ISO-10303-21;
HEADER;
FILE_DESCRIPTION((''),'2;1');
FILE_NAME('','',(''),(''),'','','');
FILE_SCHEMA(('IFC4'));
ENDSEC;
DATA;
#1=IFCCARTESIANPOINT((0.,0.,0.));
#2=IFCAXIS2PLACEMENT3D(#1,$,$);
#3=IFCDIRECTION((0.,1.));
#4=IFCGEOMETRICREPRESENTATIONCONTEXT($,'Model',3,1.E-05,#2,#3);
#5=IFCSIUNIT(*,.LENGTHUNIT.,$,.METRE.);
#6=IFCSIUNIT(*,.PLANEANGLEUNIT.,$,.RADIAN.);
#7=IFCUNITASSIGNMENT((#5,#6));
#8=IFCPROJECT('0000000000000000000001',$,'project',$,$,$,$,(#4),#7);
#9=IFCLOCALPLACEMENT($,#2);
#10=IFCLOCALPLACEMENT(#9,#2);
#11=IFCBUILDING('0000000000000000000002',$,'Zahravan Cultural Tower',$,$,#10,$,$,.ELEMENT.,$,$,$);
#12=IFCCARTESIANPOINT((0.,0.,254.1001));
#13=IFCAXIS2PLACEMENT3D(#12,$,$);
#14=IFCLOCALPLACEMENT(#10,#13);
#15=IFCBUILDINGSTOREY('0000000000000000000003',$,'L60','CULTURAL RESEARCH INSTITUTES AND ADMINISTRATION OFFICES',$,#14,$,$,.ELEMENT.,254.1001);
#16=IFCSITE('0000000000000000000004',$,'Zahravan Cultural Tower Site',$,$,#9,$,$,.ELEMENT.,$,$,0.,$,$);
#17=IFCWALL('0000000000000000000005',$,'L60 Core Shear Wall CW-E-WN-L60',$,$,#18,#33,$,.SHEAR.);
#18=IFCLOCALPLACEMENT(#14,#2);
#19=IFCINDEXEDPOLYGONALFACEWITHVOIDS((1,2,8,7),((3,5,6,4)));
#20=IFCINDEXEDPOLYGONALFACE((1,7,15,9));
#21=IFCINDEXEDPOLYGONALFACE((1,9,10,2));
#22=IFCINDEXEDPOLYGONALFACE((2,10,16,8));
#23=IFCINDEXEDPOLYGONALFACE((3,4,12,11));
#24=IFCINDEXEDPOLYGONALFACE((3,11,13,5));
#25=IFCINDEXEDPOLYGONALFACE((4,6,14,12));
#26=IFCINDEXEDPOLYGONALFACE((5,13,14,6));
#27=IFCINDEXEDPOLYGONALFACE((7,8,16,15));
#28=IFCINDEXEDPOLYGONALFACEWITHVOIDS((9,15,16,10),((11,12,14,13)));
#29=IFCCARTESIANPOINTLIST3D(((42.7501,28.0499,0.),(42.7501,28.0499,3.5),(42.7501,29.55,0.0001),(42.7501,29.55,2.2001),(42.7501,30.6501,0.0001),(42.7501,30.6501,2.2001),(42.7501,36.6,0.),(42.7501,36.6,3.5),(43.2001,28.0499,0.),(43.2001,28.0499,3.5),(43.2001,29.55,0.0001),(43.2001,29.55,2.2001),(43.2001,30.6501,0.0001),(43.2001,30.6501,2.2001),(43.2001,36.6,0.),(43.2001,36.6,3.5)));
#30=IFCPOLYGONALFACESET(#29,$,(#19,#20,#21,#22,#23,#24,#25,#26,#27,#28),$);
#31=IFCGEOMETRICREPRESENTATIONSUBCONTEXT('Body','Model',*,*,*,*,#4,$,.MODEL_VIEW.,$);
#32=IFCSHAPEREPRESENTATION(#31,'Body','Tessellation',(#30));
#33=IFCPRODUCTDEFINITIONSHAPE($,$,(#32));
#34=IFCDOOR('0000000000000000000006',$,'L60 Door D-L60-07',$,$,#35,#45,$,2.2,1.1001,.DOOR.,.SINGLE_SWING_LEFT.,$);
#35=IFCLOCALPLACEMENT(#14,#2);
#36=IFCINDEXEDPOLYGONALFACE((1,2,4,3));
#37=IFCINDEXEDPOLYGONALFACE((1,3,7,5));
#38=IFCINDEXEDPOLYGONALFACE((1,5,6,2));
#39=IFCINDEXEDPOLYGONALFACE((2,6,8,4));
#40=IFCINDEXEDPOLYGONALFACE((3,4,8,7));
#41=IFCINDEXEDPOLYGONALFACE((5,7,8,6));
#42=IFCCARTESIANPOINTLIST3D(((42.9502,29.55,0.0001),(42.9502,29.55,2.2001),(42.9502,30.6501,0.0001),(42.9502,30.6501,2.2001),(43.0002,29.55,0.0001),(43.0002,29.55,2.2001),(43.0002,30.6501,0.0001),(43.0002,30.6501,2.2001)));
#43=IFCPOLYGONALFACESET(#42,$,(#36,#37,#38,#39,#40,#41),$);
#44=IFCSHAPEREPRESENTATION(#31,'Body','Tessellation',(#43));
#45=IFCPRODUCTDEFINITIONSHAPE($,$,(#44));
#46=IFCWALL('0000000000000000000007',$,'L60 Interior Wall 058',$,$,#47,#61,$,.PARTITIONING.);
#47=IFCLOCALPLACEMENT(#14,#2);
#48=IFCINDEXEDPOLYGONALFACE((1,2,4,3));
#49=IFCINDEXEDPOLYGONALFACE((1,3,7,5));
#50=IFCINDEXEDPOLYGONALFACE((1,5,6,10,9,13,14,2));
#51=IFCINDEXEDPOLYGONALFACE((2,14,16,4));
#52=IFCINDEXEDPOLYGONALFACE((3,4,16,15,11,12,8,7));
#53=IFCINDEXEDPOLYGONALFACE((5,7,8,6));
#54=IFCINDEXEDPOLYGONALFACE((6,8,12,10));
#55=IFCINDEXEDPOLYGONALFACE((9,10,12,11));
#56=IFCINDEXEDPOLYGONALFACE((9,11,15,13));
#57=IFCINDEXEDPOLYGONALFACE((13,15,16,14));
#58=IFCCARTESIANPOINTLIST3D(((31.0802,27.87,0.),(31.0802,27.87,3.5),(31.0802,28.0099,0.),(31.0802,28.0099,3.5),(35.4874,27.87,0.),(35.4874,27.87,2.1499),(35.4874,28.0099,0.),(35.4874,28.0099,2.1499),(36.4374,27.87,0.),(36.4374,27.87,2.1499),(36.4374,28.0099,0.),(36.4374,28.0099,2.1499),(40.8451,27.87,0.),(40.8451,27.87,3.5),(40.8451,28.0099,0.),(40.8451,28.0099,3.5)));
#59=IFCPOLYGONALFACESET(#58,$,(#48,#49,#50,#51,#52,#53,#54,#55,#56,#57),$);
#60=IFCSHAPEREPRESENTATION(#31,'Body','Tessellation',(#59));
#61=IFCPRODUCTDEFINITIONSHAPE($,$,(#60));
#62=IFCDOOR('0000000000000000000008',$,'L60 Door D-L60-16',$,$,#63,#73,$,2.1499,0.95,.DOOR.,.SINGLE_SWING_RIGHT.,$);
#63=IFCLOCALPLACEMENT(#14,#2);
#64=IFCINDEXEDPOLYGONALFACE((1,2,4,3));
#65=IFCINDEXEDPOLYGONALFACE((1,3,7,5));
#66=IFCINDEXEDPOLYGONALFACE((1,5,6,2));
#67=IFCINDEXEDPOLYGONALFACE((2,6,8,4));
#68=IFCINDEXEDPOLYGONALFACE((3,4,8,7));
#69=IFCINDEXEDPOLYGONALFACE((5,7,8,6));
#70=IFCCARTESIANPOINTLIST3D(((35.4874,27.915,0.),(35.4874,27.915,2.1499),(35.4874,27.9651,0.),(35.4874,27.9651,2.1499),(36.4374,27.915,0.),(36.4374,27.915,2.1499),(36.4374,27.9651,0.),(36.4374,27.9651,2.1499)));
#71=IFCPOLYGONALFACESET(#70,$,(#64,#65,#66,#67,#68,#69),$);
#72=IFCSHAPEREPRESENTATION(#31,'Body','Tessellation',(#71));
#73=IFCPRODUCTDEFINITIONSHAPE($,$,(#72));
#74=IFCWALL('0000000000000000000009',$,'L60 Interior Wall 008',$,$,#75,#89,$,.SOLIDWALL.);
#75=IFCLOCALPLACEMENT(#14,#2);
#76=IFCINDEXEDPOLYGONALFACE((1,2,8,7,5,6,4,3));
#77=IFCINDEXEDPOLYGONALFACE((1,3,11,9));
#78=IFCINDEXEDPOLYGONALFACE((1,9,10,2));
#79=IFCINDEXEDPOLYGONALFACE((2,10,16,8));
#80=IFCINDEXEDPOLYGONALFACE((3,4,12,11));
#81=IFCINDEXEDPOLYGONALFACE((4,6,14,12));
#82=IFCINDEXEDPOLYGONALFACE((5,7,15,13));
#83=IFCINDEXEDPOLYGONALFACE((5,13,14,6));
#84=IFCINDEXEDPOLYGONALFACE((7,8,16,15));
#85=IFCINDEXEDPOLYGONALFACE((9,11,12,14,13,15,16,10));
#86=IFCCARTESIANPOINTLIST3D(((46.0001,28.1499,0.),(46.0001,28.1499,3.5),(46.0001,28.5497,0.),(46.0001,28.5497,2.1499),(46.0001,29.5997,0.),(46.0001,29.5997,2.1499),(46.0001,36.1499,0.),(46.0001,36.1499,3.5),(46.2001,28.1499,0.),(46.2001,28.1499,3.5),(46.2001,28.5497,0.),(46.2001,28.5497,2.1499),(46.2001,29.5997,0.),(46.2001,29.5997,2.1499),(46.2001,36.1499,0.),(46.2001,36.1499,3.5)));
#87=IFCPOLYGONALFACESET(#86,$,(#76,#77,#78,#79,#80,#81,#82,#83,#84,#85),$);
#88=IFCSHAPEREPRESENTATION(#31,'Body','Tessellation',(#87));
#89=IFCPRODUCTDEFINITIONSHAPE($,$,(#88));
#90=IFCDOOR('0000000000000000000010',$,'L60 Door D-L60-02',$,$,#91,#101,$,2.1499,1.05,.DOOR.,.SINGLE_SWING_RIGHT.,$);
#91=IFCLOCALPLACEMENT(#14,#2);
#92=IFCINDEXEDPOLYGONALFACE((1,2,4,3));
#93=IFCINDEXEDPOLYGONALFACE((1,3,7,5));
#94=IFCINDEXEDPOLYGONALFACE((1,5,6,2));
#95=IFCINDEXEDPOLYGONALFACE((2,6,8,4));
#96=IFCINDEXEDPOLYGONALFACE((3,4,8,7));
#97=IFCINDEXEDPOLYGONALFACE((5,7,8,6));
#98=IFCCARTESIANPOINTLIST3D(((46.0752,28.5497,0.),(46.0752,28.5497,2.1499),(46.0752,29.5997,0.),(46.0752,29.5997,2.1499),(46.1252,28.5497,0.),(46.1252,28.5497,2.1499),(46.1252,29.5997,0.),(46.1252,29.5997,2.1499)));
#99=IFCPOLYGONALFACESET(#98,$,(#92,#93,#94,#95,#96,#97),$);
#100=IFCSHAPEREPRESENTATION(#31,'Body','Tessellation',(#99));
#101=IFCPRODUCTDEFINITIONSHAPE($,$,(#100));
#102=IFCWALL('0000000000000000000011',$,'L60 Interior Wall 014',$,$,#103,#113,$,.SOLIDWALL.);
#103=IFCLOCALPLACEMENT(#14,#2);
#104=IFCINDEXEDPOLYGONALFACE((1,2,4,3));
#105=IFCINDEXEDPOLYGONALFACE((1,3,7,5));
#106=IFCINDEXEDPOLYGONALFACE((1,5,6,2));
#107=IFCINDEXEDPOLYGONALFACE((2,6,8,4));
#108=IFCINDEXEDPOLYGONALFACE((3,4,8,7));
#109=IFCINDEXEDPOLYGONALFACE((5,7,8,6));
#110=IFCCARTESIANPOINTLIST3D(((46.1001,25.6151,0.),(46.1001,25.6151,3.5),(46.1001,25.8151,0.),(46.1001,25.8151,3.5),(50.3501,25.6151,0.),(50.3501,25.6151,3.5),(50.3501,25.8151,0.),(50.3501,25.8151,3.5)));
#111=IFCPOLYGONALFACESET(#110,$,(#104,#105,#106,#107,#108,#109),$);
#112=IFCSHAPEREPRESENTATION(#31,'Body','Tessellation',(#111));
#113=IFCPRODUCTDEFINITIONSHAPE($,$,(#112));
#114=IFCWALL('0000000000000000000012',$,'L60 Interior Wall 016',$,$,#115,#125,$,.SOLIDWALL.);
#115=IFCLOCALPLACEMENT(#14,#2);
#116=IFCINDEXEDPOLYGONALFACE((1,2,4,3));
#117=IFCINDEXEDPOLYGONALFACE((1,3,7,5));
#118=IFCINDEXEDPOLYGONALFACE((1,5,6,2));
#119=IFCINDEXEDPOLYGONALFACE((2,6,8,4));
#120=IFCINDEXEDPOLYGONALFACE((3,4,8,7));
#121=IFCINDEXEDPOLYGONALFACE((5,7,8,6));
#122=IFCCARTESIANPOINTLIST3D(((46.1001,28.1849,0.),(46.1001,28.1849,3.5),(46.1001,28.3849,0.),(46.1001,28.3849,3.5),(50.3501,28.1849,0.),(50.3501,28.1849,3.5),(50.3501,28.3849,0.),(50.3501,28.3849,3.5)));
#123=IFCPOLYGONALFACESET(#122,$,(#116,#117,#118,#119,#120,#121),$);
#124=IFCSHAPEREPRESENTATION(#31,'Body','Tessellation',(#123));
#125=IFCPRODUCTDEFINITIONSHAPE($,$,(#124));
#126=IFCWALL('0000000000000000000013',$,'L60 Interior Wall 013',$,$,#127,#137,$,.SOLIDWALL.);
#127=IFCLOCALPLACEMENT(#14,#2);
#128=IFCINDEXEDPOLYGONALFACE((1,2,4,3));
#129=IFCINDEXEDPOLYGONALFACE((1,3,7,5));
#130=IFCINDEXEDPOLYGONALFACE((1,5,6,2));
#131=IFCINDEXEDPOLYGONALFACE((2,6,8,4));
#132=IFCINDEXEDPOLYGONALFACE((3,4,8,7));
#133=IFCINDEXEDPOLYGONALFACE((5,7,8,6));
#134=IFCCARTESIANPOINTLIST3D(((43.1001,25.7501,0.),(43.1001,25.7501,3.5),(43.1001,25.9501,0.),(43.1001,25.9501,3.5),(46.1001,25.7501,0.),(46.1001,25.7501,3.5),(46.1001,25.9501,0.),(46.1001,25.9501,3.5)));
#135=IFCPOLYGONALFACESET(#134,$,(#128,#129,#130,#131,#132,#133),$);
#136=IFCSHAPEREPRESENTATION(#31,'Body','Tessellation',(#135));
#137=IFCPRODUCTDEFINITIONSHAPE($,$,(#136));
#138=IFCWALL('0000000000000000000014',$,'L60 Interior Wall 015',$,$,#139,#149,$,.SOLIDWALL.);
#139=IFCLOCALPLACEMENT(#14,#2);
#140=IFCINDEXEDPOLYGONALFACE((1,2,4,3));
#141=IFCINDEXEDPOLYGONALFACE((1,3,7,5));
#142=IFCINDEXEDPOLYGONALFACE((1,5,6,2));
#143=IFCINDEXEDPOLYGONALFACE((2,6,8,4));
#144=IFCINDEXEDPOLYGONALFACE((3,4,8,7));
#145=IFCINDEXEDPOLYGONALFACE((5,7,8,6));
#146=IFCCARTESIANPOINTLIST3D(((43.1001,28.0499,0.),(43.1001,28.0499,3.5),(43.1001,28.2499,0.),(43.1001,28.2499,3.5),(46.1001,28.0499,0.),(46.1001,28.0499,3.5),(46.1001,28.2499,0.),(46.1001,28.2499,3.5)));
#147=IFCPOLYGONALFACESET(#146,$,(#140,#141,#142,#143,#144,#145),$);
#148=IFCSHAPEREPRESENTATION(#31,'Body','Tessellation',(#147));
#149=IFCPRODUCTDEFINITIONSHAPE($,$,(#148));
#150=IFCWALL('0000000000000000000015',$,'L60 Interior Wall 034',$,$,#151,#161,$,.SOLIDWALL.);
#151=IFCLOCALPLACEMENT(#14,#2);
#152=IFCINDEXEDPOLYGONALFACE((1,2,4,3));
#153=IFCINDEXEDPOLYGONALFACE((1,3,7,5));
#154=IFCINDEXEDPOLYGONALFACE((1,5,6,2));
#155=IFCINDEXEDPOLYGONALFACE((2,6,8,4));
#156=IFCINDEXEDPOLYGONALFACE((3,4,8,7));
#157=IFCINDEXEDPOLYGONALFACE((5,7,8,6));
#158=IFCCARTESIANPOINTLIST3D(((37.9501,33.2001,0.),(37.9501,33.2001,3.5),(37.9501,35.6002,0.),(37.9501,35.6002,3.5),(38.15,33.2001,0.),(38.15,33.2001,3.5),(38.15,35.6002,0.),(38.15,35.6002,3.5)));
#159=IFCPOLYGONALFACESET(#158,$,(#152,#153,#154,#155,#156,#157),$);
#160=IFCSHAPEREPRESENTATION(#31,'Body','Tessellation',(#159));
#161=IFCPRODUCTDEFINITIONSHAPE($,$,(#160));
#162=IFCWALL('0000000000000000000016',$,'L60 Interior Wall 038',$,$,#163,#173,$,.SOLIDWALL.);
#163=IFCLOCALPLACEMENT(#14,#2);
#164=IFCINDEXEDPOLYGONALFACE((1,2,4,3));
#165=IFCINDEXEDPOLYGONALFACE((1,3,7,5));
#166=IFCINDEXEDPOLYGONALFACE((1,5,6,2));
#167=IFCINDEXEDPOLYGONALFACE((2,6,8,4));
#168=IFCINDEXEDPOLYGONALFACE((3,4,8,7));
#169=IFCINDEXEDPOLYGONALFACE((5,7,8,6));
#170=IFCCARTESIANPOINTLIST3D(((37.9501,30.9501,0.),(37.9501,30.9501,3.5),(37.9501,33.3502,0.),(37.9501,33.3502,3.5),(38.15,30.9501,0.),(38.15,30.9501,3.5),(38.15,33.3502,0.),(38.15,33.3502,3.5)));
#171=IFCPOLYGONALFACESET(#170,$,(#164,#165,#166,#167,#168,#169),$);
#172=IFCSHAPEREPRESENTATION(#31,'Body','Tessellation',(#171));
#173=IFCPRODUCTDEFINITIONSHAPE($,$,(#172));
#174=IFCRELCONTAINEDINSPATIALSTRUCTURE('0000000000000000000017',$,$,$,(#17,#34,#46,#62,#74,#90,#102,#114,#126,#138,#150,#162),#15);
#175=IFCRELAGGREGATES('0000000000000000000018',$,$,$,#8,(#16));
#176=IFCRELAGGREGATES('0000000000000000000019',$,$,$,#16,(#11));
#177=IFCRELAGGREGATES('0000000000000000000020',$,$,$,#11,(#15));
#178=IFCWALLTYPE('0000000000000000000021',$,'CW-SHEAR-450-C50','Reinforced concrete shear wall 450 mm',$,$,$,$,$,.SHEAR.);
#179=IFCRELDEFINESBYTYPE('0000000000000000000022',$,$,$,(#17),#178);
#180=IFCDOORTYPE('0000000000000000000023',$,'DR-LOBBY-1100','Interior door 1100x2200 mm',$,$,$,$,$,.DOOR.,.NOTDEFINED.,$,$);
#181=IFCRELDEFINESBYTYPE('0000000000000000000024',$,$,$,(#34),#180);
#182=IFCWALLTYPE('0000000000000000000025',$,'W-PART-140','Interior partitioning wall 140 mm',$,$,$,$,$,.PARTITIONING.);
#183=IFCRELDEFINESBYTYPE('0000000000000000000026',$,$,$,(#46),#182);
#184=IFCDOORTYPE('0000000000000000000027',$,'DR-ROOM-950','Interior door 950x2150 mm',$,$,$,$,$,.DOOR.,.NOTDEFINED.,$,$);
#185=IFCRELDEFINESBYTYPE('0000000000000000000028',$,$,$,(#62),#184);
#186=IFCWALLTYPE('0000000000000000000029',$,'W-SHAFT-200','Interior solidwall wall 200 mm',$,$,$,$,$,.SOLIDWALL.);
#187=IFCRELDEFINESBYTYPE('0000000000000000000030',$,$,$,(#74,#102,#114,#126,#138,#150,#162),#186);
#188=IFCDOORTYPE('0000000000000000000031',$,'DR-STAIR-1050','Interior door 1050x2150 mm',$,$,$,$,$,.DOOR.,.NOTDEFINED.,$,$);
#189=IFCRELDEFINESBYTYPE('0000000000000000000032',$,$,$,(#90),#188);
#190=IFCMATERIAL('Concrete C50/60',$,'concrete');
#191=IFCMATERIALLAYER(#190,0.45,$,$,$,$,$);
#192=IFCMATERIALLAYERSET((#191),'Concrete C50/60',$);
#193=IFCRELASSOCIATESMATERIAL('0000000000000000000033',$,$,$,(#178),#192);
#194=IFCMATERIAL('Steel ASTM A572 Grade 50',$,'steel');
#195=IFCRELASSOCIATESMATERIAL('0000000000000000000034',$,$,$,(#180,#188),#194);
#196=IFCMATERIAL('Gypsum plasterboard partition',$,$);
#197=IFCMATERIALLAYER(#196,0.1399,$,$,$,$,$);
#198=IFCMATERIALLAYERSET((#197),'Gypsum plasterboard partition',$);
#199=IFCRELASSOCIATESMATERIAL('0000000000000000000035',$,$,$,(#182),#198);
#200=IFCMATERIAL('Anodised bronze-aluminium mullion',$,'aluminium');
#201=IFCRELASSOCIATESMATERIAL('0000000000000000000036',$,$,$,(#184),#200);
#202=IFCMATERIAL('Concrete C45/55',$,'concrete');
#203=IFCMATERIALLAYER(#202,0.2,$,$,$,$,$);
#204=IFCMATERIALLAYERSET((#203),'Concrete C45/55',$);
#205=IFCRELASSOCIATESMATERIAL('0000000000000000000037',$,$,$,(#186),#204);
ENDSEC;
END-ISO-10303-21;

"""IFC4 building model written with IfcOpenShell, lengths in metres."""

from ifc_helpers import new_model, si_unit, direction, frame, frame_2d, origin, place, context, subcontext, project, spatial, rectangle, extrude, source, transform, mapped, material, layer, layer_set, type_object, element, fill, save


model = new_model("IFC4")

# Units and contexts
model_context = context("Model", 3, precision=1e-05, world=origin(), true_north=direction((0.0, 1.0)))
body_context = subcontext(model_context, "Body", "Model", "MODEL_VIEW")
ifc_project = project(units=[si_unit("LENGTHUNIT", "METRE"), si_unit("PLANEANGLEUNIT", "RADIAN")], contexts=[model_context])

# Site, building, storey
site_placement = place(None, origin())
site = spatial("IfcSite", under=ifc_project, at=site_placement, Name="Zahravan Cultural Tower Site", CompositionType="ELEMENT", RefElevation=0.0)
building_placement = place(site_placement, origin())
building = spatial("IfcBuilding", under=site, at=building_placement, Name="Zahravan Cultural Tower", CompositionType="ELEMENT")
storey_placement = place(building_placement, frame((0.0, 0.0, 254.1001)))
storey = spatial("IfcBuildingStorey", under=building, at=storey_placement, Name="L60", Description="CULTURAL RESEARCH INSTITUTES AND ADMINISTRATION OFFICES", CompositionType="ELEMENT", Elevation=254.1001)

# Walls, openings, doors
ifc_material_1 = material(Name="Concrete C50/60", Category="concrete")
ifc_layer_1 = layer(ifc_material_1, 0.45)
ifc_layer_set_1 = layer_set([ifc_layer_1], Name="Concrete C50/60")
wall_type_1 = type_object("IfcWallType", Name="CW-SHEAR-450-C50", Description="Reinforced concrete shear wall 450 mm", PredefinedType="SHEAR", material=ifc_layer_set_1)
wall_1_placement = place(storey_placement, frame((42.9751, 28.05, 0.0), z_axis=(0.0, 0.0, 1.0), x_axis=(0.0, 1.0, 0.0)))
wall_1 = element("IfcWall", 1, at=wall_1_placement, inside=storey, type_object=wall_type_1, Name="L60 Core Shear Wall CW-E-WN-L60", PredefinedType="SHEAR", context=body_context, shape_type="SweptSolid", body=[
    extrude(rectangle(XDim=8.55, YDim=0.45, at=frame_2d((4.2749, 0.0))), origin(), (0.0, 0.0, 1.0), 3.5),
])
opening_1_placement = place(wall_1_placement, frame((1.5, 0.0, 0.0)))
opening_1 = element("IfcOpeningElement", 2, at=opening_1_placement, cuts=wall_1, PredefinedType="OPENING", context=body_context, shape_type="SweptSolid", body=[
    extrude(rectangle(XDim=1.1001, YDim=2.2, at=frame_2d((0.55, 1.1001))), frame((0.0, 0.2349, 0.0), z_axis=(0.0, -1.0, 0.0), x_axis=(1.0, 0.0, 0.0)), (0.0, 0.0, 1.0), 0.47),
])
ifc_material_2 = material(Name="Steel ASTM A572 Grade 50", Category="steel")
door_type_1 = type_object("IfcDoorType", Name="DR-LOBBY-1100", Description="Interior door 1100x2200 mm", OperationType="NOTDEFINED", PredefinedType="DOOR", material=ifc_material_2)
shared_shape_1 = source(origin(), body_context, "Body", "SweptSolid", [
    extrude(rectangle(XDim=1.1001, YDim=2.2, at=frame_2d((0.55, 1.1001))), frame((0.0, 0.0249, 0.0), z_axis=(0.0, -1.0, 0.0), x_axis=(1.0, 0.0, 0.0)), (0.0, 0.0, 1.0), 0.05),
])
door_1_placement = place(opening_1_placement, origin())
door_1 = element("IfcDoor", 3, at=door_1_placement, inside=storey, type_object=door_type_1, Name="L60 Door D-L60-07", OperationType="SINGLE_SWING_LEFT", OverallHeight=2.2, OverallWidth=1.1001, PredefinedType="DOOR", context=body_context, shape_type="MappedRepresentation", body=[
    mapped(shared_shape_1, transform((0.0, 0.0, 0.0), x_axis=(1.0, 0.0, 0.0), y_axis=(0.0, 1.0, 0.0), z_axis=(0.0, 0.0, 1.0), scale=1.0)),
])
fill(opening_1, door_1)
ifc_material_3 = material(Name="Gypsum plasterboard partition")
ifc_layer_2 = layer(ifc_material_3, 0.1399)
ifc_layer_set_2 = layer_set([ifc_layer_2], Name="Gypsum plasterboard partition")
wall_type_2 = type_object("IfcWallType", Name="W-PART-140", Description="Interior partitioning wall 140 mm", PredefinedType="PARTITIONING", material=ifc_layer_set_2)
wall_2_placement = place(storey_placement, frame((40.845, 27.9399, 0.0), z_axis=(0.0, 0.0, 1.0), x_axis=(-1.0, 0.0, 0.0)))
wall_2 = element("IfcWall", 4, at=wall_2_placement, inside=storey, type_object=wall_type_2, Name="L60 Interior Wall 058", PredefinedType="PARTITIONING", context=body_context, shape_type="SweptSolid", body=[
    extrude(rectangle(XDim=9.7649, YDim=0.1399, at=frame_2d((4.8823, 0.0))), origin(), (0.0, 0.0, 1.0), 3.5),
])
opening_2_placement = place(wall_2_placement, frame((4.4075, 0.0, 0.0)))
opening_2 = element("IfcOpeningElement", 5, at=opening_2_placement, cuts=wall_2, PredefinedType="OPENING", context=body_context, shape_type="SweptSolid", body=[
    extrude(rectangle(XDim=0.95, YDim=2.1499, at=frame_2d((0.4751, 1.075))), frame((0.0, 0.0798, 0.0), z_axis=(0.0, -1.0, 0.0), x_axis=(1.0, 0.0, 0.0)), (0.0, 0.0, 1.0), 0.1599),
])
ifc_material_4 = material(Name="Anodised bronze-aluminium mullion", Category="aluminium")
door_type_2 = type_object("IfcDoorType", Name="DR-ROOM-950", Description="Interior door 950x2150 mm", OperationType="NOTDEFINED", PredefinedType="DOOR", material=ifc_material_4)
shared_shape_2 = source(origin(), body_context, "Body", "SweptSolid", [
    extrude(rectangle(XDim=0.95, YDim=2.1499, at=frame_2d((0.4751, 1.075))), frame((0.0, 0.0249, 0.0), z_axis=(0.0, -1.0, 0.0), x_axis=(1.0, 0.0, 0.0)), (0.0, 0.0, 1.0), 0.05),
])
door_2_placement = place(opening_2_placement, origin())
door_2 = element("IfcDoor", 6, at=door_2_placement, inside=storey, type_object=door_type_2, Name="L60 Door D-L60-16", OperationType="SINGLE_SWING_RIGHT", OverallHeight=2.1499, OverallWidth=0.95, PredefinedType="DOOR", context=body_context, shape_type="MappedRepresentation", body=[
    mapped(shared_shape_2, transform((0.0, 0.0, 0.0), x_axis=(1.0, 0.0, 0.0), y_axis=(0.0, 1.0, 0.0), z_axis=(0.0, 0.0, 1.0), scale=1.0)),
])
fill(opening_2, door_2)
ifc_material_5 = material(Name="Concrete C45/55", Category="concrete")
ifc_layer_3 = layer(ifc_material_5, 0.2)
ifc_layer_set_3 = layer_set([ifc_layer_3], Name="Concrete C45/55")
wall_type_3 = type_object("IfcWallType", Name="W-SHAFT-200", Description="Interior solidwall wall 200 mm", PredefinedType="SOLIDWALL", material=ifc_layer_set_3)
wall_3_placement = place(storey_placement, frame((46.1001, 28.1499, 0.0), z_axis=(0.0, 0.0, 1.0), x_axis=(0.0, 1.0, 0.0)))
wall_3 = element("IfcWall", 7, at=wall_3_placement, inside=storey, type_object=wall_type_3, Name="L60 Interior Wall 008", PredefinedType="SOLIDWALL", context=body_context, shape_type="SweptSolid", body=[
    extrude(rectangle(XDim=8.0, YDim=0.2, at=frame_2d((4.0, 0.0))), origin(), (0.0, 0.0, 1.0), 3.5),
])
opening_3_placement = place(wall_3_placement, frame((0.3999, 0.0, 0.0)))
opening_3 = element("IfcOpeningElement", 8, at=opening_3_placement, cuts=wall_3, PredefinedType="OPENING", context=body_context, shape_type="SweptSolid", body=[
    extrude(rectangle(XDim=1.05, YDim=2.1499, at=frame_2d((0.5249, 1.075))), frame((0.0, 0.1099, 0.0), z_axis=(0.0, -1.0, 0.0), x_axis=(1.0, 0.0, 0.0)), (0.0, 0.0, 1.0), 0.22),
])
door_type_3 = type_object("IfcDoorType", Name="DR-STAIR-1050", Description="Interior door 1050x2150 mm", OperationType="NOTDEFINED", PredefinedType="DOOR", material=ifc_material_2)
shared_shape_3 = source(origin(), body_context, "Body", "SweptSolid", [
    extrude(rectangle(XDim=1.05, YDim=2.1499, at=frame_2d((0.5249, 1.075))), frame((0.0, 0.0249, 0.0), z_axis=(0.0, -1.0, 0.0), x_axis=(1.0, 0.0, 0.0)), (0.0, 0.0, 1.0), 0.05),
])
door_3_placement = place(opening_3_placement, origin())
door_3 = element("IfcDoor", 9, at=door_3_placement, inside=storey, type_object=door_type_3, Name="L60 Door D-L60-02", OperationType="SINGLE_SWING_RIGHT", OverallHeight=2.1499, OverallWidth=1.05, PredefinedType="DOOR", context=body_context, shape_type="MappedRepresentation", body=[
    mapped(shared_shape_3, transform((0.0, 0.0, 0.0), x_axis=(1.0, 0.0, 0.0), y_axis=(0.0, 1.0, 0.0), z_axis=(0.0, 0.0, 1.0), scale=1.0)),
])
fill(opening_3, door_3)

# Walls
shared_shape_4 = source(origin(), body_context, "Body", "SweptSolid", [
    extrude(rectangle(XDim=4.25, YDim=0.2, at=frame_2d((2.125, 0.0))), origin(), (0.0, 0.0, 1.0), 3.5),
])
for number, where, z_axis, x_axis, name in (
    (10, (46.1001, 25.7151, 0.0), (0.0, 0.0, 1.0), (1.0, 0.0, 0.0), "L60 Interior Wall 014"),
    (11, (46.1001, 28.2849, 0.0), (0.0, 0.0, 1.0), (1.0, 0.0, 0.0), "L60 Interior Wall 016"),
):
    element("IfcWall", number, at=place(storey_placement, frame(where, z_axis=z_axis, x_axis=x_axis)), inside=storey, type_object=wall_type_3, Name=name, PredefinedType="SOLIDWALL", context=body_context, shape_type="MappedRepresentation", body=[
        mapped(shared_shape_4, transform((0.0, 0.0, 0.0), x_axis=(1.0, 0.0, 0.0), y_axis=(0.0, 1.0, 0.0), z_axis=(0.0, 0.0, 1.0), scale=1.0)),
    ])
shared_shape_5 = source(origin(), body_context, "Body", "SweptSolid", [
    extrude(rectangle(XDim=3.0, YDim=0.2, at=frame_2d((1.5, 0.0))), origin(), (0.0, 0.0, 1.0), 3.5),
])
for number, where, z_axis, x_axis, name in (
    (12, (43.1001, 25.8501, 0.0), (0.0, 0.0, 1.0), (1.0, 0.0, 0.0), "L60 Interior Wall 013"),
    (13, (43.1001, 28.1499, 0.0), (0.0, 0.0, 1.0), (1.0, 0.0, 0.0), "L60 Interior Wall 015"),
):
    element("IfcWall", number, at=place(storey_placement, frame(where, z_axis=z_axis, x_axis=x_axis)), inside=storey, type_object=wall_type_3, Name=name, PredefinedType="SOLIDWALL", context=body_context, shape_type="MappedRepresentation", body=[
        mapped(shared_shape_5, transform((0.0, 0.0, 0.0), x_axis=(1.0, 0.0, 0.0), y_axis=(0.0, 1.0, 0.0), z_axis=(0.0, 0.0, 1.0), scale=1.0)),
    ])
shared_shape_6 = source(origin(), body_context, "Body", "SweptSolid", [
    extrude(rectangle(XDim=2.4001, YDim=0.2, at=frame_2d((1.2002, 0.0))), origin(), (0.0, 0.0, 1.0), 3.5),
])
for number, where, z_axis, x_axis, name in (
    (14, (38.05, 33.2, 0.0), (0.0, 0.0, 1.0), (0.0, 1.0, 0.0), "L60 Interior Wall 034"),
    (15, (38.05, 30.95, 0.0), (0.0, 0.0, 1.0), (0.0, 1.0, 0.0), "L60 Interior Wall 038"),
):
    element("IfcWall", number, at=place(storey_placement, frame(where, z_axis=z_axis, x_axis=x_axis)), inside=storey, type_object=wall_type_3, Name=name, PredefinedType="SOLIDWALL", context=body_context, shape_type="MappedRepresentation", body=[
        mapped(shared_shape_6, transform((0.0, 0.0, 0.0), x_axis=(1.0, 0.0, 0.0), y_axis=(0.0, 1.0, 0.0), z_axis=(0.0, 0.0, 1.0), scale=1.0)),
    ])

save(model, "model.ifc")
